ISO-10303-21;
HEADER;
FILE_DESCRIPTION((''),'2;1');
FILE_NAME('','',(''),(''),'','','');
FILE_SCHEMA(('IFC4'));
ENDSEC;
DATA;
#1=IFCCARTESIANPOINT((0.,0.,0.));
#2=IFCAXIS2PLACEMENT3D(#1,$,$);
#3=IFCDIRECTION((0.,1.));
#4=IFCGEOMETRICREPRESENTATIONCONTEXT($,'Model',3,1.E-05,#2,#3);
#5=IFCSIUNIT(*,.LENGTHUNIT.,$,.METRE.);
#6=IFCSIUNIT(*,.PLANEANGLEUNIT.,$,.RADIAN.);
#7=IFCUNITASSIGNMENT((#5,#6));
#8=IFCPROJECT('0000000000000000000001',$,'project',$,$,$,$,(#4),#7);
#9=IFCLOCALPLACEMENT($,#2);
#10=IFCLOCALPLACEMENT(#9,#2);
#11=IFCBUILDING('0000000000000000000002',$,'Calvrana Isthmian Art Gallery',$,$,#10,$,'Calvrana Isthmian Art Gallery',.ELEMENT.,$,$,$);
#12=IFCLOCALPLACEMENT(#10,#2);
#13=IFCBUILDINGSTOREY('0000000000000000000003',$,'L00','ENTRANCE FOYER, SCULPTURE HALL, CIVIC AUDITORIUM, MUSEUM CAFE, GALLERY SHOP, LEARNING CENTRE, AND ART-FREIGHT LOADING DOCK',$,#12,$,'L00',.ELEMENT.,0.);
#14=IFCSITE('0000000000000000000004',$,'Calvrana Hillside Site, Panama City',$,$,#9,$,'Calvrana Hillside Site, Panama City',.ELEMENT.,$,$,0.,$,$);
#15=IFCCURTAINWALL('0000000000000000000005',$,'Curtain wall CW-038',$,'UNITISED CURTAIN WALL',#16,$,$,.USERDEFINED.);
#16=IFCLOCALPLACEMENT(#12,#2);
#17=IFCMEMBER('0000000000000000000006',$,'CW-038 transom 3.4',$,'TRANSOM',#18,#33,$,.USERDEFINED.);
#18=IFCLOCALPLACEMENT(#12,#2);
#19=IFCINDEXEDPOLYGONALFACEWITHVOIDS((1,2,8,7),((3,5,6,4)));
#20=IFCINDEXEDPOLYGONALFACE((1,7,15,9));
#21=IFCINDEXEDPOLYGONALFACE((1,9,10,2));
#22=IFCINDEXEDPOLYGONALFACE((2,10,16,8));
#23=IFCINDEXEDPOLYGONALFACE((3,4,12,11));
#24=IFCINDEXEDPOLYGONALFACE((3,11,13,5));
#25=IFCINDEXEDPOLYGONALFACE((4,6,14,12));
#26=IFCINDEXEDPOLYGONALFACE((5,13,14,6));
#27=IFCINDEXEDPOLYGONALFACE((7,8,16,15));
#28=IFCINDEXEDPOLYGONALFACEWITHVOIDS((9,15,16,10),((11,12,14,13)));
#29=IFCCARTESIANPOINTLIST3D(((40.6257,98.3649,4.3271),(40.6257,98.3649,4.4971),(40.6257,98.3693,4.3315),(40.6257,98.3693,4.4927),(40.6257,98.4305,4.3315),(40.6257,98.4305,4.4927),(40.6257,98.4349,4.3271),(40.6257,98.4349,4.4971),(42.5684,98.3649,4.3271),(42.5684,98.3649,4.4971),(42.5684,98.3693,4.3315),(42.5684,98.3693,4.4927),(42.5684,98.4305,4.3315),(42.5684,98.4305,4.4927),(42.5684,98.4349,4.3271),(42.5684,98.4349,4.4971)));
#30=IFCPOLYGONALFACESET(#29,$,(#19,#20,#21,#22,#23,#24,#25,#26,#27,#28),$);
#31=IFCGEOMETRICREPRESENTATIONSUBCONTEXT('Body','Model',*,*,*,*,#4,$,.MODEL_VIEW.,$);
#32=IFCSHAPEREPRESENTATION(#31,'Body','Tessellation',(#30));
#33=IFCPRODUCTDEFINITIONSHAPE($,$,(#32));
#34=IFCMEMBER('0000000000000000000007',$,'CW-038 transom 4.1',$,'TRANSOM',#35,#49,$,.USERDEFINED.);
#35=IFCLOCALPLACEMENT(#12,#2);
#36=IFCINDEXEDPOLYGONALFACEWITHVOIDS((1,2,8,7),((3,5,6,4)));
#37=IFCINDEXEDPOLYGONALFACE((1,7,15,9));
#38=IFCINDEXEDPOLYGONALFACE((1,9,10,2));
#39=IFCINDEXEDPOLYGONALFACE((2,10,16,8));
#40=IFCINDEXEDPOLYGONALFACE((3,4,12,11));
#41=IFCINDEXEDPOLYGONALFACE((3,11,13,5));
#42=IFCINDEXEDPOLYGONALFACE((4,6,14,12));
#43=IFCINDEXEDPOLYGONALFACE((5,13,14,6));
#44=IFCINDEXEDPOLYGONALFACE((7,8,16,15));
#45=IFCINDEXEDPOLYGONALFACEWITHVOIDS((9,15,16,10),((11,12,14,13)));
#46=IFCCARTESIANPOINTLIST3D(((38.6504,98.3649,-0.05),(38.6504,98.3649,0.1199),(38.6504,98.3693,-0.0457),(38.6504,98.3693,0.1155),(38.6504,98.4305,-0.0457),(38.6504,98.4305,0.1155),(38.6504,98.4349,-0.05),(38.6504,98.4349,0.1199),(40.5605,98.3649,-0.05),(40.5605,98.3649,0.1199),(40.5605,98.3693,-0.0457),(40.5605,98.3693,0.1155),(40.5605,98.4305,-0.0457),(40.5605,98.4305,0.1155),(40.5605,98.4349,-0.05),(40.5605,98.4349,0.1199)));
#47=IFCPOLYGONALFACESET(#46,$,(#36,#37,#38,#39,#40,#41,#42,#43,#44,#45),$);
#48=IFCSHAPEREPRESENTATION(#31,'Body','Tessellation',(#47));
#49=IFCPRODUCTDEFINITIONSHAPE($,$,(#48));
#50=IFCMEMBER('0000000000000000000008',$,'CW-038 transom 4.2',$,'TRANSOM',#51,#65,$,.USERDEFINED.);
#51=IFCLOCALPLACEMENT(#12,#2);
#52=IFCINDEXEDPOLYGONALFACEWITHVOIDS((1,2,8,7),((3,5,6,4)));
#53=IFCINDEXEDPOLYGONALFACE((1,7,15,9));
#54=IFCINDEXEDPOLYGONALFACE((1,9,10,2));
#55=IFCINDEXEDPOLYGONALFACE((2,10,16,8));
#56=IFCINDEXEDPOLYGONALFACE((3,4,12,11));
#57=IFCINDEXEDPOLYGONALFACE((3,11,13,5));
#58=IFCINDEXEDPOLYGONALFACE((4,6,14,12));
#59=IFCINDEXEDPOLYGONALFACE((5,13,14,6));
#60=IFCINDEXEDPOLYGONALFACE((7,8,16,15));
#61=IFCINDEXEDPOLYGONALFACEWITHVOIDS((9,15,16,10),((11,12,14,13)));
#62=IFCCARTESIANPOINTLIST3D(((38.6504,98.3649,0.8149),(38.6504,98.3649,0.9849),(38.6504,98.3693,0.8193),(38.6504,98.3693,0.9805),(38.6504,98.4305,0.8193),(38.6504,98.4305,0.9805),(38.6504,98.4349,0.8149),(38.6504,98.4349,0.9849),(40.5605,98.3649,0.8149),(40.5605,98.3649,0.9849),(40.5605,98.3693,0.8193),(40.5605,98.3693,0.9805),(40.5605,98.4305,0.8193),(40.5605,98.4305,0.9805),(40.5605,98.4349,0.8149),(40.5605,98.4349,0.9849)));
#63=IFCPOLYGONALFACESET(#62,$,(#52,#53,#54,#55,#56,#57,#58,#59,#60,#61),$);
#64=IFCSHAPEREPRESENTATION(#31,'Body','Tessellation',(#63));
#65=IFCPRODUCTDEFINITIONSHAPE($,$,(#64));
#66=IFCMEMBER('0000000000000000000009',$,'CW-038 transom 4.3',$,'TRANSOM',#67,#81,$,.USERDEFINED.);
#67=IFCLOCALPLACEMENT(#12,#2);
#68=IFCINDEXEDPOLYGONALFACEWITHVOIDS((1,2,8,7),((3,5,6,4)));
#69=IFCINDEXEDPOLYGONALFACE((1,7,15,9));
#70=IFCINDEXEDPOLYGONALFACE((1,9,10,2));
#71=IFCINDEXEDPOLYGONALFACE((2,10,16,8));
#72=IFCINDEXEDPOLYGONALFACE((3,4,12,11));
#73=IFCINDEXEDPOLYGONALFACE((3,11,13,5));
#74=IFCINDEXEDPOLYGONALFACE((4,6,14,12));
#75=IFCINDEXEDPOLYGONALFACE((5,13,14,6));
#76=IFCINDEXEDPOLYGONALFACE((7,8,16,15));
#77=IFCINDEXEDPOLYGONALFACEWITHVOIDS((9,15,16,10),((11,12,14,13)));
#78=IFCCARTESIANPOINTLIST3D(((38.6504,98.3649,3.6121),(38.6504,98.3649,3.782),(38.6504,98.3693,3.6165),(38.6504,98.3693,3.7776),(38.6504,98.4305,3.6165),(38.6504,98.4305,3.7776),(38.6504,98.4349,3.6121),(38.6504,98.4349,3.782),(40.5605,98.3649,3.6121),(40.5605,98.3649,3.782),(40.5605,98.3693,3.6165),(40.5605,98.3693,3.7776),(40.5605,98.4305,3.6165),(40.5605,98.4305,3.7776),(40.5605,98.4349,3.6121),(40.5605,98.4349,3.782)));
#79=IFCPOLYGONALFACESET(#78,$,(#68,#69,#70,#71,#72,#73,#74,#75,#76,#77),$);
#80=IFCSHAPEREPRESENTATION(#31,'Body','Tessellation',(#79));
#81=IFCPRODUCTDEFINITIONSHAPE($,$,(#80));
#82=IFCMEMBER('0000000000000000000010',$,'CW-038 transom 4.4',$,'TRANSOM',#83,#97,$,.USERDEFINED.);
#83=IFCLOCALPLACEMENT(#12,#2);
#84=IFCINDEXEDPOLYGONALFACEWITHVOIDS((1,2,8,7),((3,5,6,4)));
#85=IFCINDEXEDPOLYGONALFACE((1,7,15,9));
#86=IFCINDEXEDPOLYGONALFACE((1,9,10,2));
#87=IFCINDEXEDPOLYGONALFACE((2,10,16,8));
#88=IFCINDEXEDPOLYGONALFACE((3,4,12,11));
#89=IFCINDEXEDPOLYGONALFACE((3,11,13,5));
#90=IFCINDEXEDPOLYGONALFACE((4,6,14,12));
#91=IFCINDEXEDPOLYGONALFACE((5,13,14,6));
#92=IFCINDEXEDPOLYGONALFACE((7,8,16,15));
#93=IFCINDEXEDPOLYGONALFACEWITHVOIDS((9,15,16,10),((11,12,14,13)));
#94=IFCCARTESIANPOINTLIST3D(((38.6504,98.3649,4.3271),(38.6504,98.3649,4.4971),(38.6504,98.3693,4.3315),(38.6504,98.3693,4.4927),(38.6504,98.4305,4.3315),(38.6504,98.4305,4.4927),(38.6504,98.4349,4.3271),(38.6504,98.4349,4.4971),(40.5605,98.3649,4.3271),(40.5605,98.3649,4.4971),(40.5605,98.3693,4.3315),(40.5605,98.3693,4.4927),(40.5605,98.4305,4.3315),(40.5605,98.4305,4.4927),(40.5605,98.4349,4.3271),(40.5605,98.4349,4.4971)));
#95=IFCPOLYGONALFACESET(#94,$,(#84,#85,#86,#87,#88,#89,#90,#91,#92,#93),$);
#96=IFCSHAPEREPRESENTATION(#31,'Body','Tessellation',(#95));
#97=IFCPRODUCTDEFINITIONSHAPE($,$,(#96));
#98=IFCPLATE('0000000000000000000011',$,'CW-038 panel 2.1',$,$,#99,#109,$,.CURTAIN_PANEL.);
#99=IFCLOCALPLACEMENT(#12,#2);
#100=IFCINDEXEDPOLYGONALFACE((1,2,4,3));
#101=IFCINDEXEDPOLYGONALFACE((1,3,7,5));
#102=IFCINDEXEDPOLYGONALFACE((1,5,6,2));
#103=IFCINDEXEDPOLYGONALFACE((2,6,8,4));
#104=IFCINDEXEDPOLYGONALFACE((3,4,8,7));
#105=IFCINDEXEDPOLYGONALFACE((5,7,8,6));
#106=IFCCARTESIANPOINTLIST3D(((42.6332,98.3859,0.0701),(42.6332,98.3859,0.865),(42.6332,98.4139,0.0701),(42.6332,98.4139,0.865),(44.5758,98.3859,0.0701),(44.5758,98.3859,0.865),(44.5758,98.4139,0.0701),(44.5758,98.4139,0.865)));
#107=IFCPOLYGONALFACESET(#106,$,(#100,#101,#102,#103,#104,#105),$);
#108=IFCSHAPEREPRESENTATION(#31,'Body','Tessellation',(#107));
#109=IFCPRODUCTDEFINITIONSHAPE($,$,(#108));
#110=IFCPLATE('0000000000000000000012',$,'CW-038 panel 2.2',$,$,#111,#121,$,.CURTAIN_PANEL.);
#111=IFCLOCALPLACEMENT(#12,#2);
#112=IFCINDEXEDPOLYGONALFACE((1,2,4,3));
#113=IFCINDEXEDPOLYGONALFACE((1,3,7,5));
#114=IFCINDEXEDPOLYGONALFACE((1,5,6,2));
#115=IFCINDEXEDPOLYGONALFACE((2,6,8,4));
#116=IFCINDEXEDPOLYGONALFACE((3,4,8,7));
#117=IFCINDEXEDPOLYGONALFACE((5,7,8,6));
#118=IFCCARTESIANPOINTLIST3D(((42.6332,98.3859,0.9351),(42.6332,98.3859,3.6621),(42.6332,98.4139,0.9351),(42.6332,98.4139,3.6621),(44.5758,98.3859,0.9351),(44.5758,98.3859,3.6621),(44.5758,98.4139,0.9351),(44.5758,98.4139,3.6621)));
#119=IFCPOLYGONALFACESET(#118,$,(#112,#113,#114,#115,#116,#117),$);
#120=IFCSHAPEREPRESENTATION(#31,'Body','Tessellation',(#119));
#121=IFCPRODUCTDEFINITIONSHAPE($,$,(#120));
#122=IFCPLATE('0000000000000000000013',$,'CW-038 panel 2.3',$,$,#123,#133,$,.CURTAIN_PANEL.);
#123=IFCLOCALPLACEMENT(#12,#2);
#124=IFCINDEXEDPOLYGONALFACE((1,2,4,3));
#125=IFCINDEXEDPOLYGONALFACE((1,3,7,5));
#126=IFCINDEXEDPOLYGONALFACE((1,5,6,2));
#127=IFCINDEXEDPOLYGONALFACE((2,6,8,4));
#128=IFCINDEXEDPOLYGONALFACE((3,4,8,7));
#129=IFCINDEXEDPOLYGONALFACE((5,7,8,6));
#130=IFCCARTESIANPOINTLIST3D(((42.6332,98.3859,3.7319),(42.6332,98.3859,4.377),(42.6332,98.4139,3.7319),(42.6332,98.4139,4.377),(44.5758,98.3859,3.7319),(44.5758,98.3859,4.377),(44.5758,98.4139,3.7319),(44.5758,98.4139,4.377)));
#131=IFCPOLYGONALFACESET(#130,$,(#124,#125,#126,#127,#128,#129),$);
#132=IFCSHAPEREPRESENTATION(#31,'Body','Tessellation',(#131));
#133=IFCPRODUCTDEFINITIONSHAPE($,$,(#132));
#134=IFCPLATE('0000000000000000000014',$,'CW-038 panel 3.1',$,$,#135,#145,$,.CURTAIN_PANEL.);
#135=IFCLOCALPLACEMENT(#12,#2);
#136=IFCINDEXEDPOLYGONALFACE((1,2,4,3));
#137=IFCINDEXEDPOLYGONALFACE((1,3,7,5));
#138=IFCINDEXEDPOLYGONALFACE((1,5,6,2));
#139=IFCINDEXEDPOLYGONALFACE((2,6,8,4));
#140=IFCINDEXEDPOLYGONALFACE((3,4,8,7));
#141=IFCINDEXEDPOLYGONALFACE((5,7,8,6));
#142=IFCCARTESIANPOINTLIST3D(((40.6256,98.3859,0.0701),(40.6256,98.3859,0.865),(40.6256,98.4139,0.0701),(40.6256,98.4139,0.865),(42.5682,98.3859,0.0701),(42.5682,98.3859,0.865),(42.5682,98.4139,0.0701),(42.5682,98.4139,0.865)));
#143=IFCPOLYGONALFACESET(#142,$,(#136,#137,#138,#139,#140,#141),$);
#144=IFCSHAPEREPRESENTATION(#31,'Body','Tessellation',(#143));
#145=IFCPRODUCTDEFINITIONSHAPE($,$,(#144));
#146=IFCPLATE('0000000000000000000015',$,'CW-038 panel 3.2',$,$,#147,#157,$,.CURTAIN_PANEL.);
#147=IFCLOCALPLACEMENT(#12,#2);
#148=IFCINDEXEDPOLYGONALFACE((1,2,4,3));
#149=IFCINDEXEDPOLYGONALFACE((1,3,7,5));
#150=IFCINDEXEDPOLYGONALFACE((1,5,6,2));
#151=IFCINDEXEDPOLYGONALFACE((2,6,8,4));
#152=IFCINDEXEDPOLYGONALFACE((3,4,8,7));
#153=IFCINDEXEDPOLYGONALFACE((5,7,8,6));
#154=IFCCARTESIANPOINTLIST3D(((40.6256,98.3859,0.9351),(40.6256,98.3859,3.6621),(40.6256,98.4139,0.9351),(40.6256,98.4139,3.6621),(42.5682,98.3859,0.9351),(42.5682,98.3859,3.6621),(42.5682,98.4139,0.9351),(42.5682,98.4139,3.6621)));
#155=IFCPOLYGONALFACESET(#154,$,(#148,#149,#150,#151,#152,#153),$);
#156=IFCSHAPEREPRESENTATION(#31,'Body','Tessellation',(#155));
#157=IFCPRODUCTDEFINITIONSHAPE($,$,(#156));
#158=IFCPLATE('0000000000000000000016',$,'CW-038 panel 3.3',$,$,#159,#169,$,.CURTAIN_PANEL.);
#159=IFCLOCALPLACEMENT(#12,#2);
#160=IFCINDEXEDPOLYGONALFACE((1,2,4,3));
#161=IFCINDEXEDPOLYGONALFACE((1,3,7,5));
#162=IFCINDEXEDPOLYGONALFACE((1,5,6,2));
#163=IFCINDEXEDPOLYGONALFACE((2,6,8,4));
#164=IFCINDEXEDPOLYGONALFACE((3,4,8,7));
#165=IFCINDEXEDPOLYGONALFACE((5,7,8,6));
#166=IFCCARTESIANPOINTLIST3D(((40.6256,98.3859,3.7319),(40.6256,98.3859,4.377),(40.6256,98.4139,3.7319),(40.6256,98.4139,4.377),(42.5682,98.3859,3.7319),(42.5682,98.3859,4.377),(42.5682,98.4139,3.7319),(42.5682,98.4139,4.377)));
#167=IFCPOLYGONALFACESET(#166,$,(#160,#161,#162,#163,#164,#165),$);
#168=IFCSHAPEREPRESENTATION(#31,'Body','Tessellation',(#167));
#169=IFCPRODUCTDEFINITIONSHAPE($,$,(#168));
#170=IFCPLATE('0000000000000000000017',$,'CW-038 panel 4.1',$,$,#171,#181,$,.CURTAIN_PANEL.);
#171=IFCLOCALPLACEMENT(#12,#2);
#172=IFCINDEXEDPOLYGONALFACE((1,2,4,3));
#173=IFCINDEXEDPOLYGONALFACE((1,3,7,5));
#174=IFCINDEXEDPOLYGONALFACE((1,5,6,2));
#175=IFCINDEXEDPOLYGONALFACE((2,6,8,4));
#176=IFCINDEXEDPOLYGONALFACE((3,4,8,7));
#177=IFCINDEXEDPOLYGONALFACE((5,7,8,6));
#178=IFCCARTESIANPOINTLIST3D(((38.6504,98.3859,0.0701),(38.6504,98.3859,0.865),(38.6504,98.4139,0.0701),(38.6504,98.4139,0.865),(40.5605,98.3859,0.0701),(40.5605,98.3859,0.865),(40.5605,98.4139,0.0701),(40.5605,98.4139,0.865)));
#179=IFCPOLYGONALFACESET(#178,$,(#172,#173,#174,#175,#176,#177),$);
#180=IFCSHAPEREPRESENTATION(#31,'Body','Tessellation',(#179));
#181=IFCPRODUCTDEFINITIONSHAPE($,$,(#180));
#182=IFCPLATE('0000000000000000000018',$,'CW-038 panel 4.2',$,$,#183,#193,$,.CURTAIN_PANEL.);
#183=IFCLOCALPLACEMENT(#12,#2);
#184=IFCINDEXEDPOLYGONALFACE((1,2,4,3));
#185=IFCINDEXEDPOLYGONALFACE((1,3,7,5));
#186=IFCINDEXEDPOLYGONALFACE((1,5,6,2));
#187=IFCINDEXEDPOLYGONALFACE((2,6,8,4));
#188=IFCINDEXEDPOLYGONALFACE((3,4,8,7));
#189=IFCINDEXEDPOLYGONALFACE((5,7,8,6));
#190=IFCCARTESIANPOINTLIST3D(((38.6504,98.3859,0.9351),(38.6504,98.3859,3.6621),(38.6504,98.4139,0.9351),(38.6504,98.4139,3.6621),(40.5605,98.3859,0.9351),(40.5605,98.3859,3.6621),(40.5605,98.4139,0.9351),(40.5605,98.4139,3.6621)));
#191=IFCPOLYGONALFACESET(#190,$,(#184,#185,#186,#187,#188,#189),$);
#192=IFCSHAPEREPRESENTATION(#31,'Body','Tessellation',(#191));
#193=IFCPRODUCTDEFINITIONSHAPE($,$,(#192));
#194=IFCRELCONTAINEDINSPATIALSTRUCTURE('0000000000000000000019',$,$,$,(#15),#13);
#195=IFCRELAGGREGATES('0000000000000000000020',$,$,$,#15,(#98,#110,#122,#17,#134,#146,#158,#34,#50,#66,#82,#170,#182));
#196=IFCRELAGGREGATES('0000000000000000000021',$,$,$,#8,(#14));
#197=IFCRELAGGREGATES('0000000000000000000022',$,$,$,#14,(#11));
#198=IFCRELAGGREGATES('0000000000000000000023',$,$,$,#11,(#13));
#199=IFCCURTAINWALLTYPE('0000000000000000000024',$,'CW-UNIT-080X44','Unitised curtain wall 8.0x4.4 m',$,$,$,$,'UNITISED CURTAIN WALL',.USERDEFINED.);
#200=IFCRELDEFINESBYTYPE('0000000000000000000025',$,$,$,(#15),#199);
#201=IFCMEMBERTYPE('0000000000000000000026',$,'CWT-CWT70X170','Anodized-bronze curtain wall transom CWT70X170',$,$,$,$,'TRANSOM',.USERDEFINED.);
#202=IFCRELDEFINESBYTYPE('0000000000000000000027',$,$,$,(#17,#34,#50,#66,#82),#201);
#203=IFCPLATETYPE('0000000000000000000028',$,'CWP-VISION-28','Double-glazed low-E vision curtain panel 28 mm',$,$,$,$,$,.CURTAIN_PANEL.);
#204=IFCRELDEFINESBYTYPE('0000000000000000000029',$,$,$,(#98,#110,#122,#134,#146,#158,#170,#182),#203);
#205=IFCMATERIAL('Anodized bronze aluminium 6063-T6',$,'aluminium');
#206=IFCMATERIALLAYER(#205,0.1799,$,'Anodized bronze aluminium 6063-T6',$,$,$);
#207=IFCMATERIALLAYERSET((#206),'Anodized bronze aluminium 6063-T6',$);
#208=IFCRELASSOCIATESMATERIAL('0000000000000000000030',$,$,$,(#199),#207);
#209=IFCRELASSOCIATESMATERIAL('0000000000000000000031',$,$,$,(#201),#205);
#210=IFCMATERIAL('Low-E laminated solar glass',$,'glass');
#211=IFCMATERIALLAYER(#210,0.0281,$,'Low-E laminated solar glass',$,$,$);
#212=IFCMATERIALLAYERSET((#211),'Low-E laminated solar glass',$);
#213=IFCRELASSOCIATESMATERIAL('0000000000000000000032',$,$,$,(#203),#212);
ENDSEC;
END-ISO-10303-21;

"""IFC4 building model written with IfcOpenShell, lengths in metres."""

from ifc_helpers import new_model, si_unit, direction, frame, origin, origin_2d, place, context, subcontext, project, spatial, rectangle, hollow_rectangle, extrude, material, layer, layer_set, material_profile, profile_set, type_object, element, aggregate, save


model = new_model("IFC4")

# Units and contexts
model_context = context("Model", 3, precision=1e-05, world=origin(), true_north=direction((0.0, 1.0)))
body_context = subcontext(model_context, "Body", "Model", "MODEL_VIEW")
ifc_project = project(units=[si_unit("LENGTHUNIT", "METRE"), si_unit("PLANEANGLEUNIT", "RADIAN")], contexts=[model_context])

# Site, building, storey
site_placement = place(None, origin())
site = spatial("IfcSite", under=ifc_project, at=site_placement, Name="Calvrana Hillside Site, Panama City", LongName="Calvrana Hillside Site, Panama City", CompositionType="ELEMENT", RefElevation=0.0)
building_placement = place(site_placement, origin())
building = spatial("IfcBuilding", under=site, at=building_placement, Name="Calvrana Isthmian Art Gallery", LongName="Calvrana Isthmian Art Gallery", CompositionType="ELEMENT")
storey_placement = place(building_placement, origin())
storey = spatial("IfcBuildingStorey", under=building, at=storey_placement, Name="L00", Description="ENTRANCE FOYER, SCULPTURE HALL, CIVIC AUDITORIUM, MUSEUM CAFE, GALLERY SHOP, LEARNING CENTRE, AND ART-FREIGHT LOADING DOCK", LongName="L00", CompositionType="ELEMENT", Elevation=0.0)

# Shared definitions
ifc_material_1 = material(Name="Anodized bronze aluminium 6063-T6", Category="aluminium")

# Curtain wall
ifc_layer_1 = layer(ifc_material_1, 0.1799, Name="Anodized bronze aluminium 6063-T6")
ifc_layer_set_1 = layer_set([ifc_layer_1], Name="Anodized bronze aluminium 6063-T6")
curtain_wall_type_1 = type_object("IfcCurtainWallType", Name="CW-UNIT-080X44", Description="Unitised curtain wall 8.0x4.4 m", ElementType="UNITISED CURTAIN WALL", PredefinedType="USERDEFINED", material=ifc_layer_set_1)
curtain_wall_1_placement = place(storey_placement, origin())
curtain_wall_1 = element("IfcCurtainWall", 1, at=curtain_wall_1_placement, inside=storey, type_object=curtain_wall_type_1, Name="Curtain wall CW-038", ObjectType="UNITISED CURTAIN WALL", PredefinedType="USERDEFINED")

# Members
ifc_material_profile_1 = material_profile(ifc_material_1, hollow_rectangle(XDim=0.0701, YDim=0.1699, WallThickness=0.0044, at=origin_2d()), Name="CWT70X170")
ifc_profile_set_1 = profile_set([ifc_material_profile_1], Name="Anodized bronze aluminium 6063-T6")
member_type_1 = type_object("IfcMemberType", Name="CWT-CWT70X170", Description="Anodized-bronze curtain wall transom CWT70X170", ElementType="TRANSOM", PredefinedType="USERDEFINED", material=ifc_profile_set_1)
member_1_placement = place(storey_placement, frame((42.5684, 98.3999, 4.4121), z_axis=(-1.0, 0.0, 0.0), x_axis=(0.0, -1.0, 0.0)))
member_1 = element("IfcMember", 2, at=member_1_placement, type_object=member_type_1, Name="CW-038 transom 3.4", ObjectType="TRANSOM", PredefinedType="USERDEFINED", context=body_context, shape_type="SweptSolid", body=[
    extrude(hollow_rectangle(XDim=0.0701, YDim=0.1699, WallThickness=0.0044, at=origin_2d()), origin(), (0.0, 0.0, 1.0), 1.9426),
])
member_2_placement = place(storey_placement, frame((40.5605, 98.3999, 0.0349), z_axis=(-1.0, 0.0, 0.0), x_axis=(0.0, -1.0, 0.0)))
member_2 = element("IfcMember", 3, at=member_2_placement, type_object=member_type_1, Name="CW-038 transom 4.1", ObjectType="TRANSOM", PredefinedType="USERDEFINED", context=body_context, shape_type="SweptSolid", body=[
    extrude(hollow_rectangle(XDim=0.0701, YDim=0.1699, WallThickness=0.0044, at=origin_2d()), origin(), (0.0, 0.0, 1.0), 1.9102),
])
member_3_placement = place(storey_placement, frame((40.5605, 98.3999, 0.8999), z_axis=(-1.0, 0.0, 0.0), x_axis=(0.0, -1.0, 0.0)))
member_3 = element("IfcMember", 4, at=member_3_placement, type_object=member_type_1, Name="CW-038 transom 4.2", ObjectType="TRANSOM", PredefinedType="USERDEFINED", context=body_context, shape_type="SweptSolid", body=[
    extrude(hollow_rectangle(XDim=0.0701, YDim=0.1699, WallThickness=0.0044, at=origin_2d()), origin(), (0.0, 0.0, 1.0), 1.9102),
])
member_4_placement = place(storey_placement, frame((40.5605, 98.3999, 3.697), z_axis=(-1.0, 0.0, 0.0), x_axis=(0.0, -1.0, 0.0)))
member_4 = element("IfcMember", 5, at=member_4_placement, type_object=member_type_1, Name="CW-038 transom 4.3", ObjectType="TRANSOM", PredefinedType="USERDEFINED", context=body_context, shape_type="SweptSolid", body=[
    extrude(hollow_rectangle(XDim=0.0701, YDim=0.1699, WallThickness=0.0044, at=origin_2d()), origin(), (0.0, 0.0, 1.0), 1.9102),
])
member_5_placement = place(storey_placement, frame((40.5605, 98.3999, 4.4121), z_axis=(-1.0, 0.0, 0.0), x_axis=(0.0, -1.0, 0.0)))
member_5 = element("IfcMember", 6, at=member_5_placement, type_object=member_type_1, Name="CW-038 transom 4.4", ObjectType="TRANSOM", PredefinedType="USERDEFINED", context=body_context, shape_type="SweptSolid", body=[
    extrude(hollow_rectangle(XDim=0.0701, YDim=0.1699, WallThickness=0.0044, at=origin_2d()), origin(), (0.0, 0.0, 1.0), 1.9102),
])

# Plates
ifc_material_2 = material(Name="Low-E laminated solar glass", Category="glass")
ifc_layer_2 = layer(ifc_material_2, 0.0281, Name="Low-E laminated solar glass")
ifc_layer_set_2 = layer_set([ifc_layer_2], Name="Low-E laminated solar glass")
plate_type = type_object("IfcPlateType", Name="CWP-VISION-28", Description="Double-glazed low-E vision curtain panel 28 mm", PredefinedType="CURTAIN_PANEL", material=ifc_layer_set_2)
plate_1_placement = place(storey_placement, frame((43.6045, 98.3999, 0.0701), z_axis=(0.0, 0.0, 1.0), x_axis=(-1.0, 0.0, 0.0)))
plate_1 = element("IfcPlate", 7, at=plate_1_placement, type_object=plate_type, Name="CW-038 panel 2.1", PredefinedType="CURTAIN_PANEL", context=body_context, shape_type="SweptSolid", body=[
    extrude(rectangle(XDim=1.9426, YDim=0.0281, at=origin_2d()), origin(), (0.0, 0.0, 1.0), 0.7949),
])
plate_2_placement = place(storey_placement, frame((43.6045, 98.3999, 0.9351), z_axis=(0.0, 0.0, 1.0), x_axis=(-1.0, 0.0, 0.0)))
plate_2 = element("IfcPlate", 8, at=plate_2_placement, type_object=plate_type, Name="CW-038 panel 2.2", PredefinedType="CURTAIN_PANEL", context=body_context, shape_type="SweptSolid", body=[
    extrude(rectangle(XDim=1.9426, YDim=0.0281, at=origin_2d()), origin(), (0.0, 0.0, 1.0), 2.7271),
])
plate_3_placement = place(storey_placement, frame((43.6045, 98.3999, 3.7319), z_axis=(0.0, 0.0, 1.0), x_axis=(-1.0, 0.0, 0.0)))
plate_3 = element("IfcPlate", 9, at=plate_3_placement, type_object=plate_type, Name="CW-038 panel 2.3", PredefinedType="CURTAIN_PANEL", context=body_context, shape_type="SweptSolid", body=[
    extrude(rectangle(XDim=1.9426, YDim=0.0281, at=origin_2d()), origin(), (0.0, 0.0, 1.0), 0.645),
])
plate_4_placement = place(storey_placement, frame((41.5969, 98.3999, 0.0701), z_axis=(0.0, 0.0, 1.0), x_axis=(-1.0, 0.0, 0.0)))
plate_4 = element("IfcPlate", 10, at=plate_4_placement, type_object=plate_type, Name="CW-038 panel 3.1", PredefinedType="CURTAIN_PANEL", context=body_context, shape_type="SweptSolid", body=[
    extrude(rectangle(XDim=1.9426, YDim=0.0281, at=origin_2d()), origin(), (0.0, 0.0, 1.0), 0.7949),
])
plate_5_placement = place(storey_placement, frame((41.5969, 98.3999, 0.9351), z_axis=(0.0, 0.0, 1.0), x_axis=(-1.0, 0.0, 0.0)))
plate_5 = element("IfcPlate", 11, at=plate_5_placement, type_object=plate_type, Name="CW-038 panel 3.2", PredefinedType="CURTAIN_PANEL", context=body_context, shape_type="SweptSolid", body=[
    extrude(rectangle(XDim=1.9426, YDim=0.0281, at=origin_2d()), origin(), (0.0, 0.0, 1.0), 2.7271),
])
plate_6_placement = place(storey_placement, frame((41.5969, 98.3999, 3.7319), z_axis=(0.0, 0.0, 1.0), x_axis=(-1.0, 0.0, 0.0)))
plate_6 = element("IfcPlate", 12, at=plate_6_placement, type_object=plate_type, Name="CW-038 panel 3.3", PredefinedType="CURTAIN_PANEL", context=body_context, shape_type="SweptSolid", body=[
    extrude(rectangle(XDim=1.9426, YDim=0.0281, at=origin_2d()), origin(), (0.0, 0.0, 1.0), 0.645),
])
plate_7_placement = place(storey_placement, frame((39.6055, 98.3999, 0.0701), z_axis=(0.0, 0.0, 1.0), x_axis=(-1.0, 0.0, 0.0)))
plate_7 = element("IfcPlate", 13, at=plate_7_placement, type_object=plate_type, Name="CW-038 panel 4.1", PredefinedType="CURTAIN_PANEL", context=body_context, shape_type="SweptSolid", body=[
    extrude(rectangle(XDim=1.9102, YDim=0.0281, at=origin_2d()), origin(), (0.0, 0.0, 1.0), 0.7949),
])
plate_8_placement = place(storey_placement, frame((39.6055, 98.3999, 0.9351), z_axis=(0.0, 0.0, 1.0), x_axis=(-1.0, 0.0, 0.0)))
plate_8 = element("IfcPlate", 14, at=plate_8_placement, type_object=plate_type, Name="CW-038 panel 4.2", PredefinedType="CURTAIN_PANEL", context=body_context, shape_type="SweptSolid", body=[
    extrude(rectangle(XDim=1.9102, YDim=0.0281, at=origin_2d()), origin(), (0.0, 0.0, 1.0), 2.7271),
])
aggregate(curtain_wall_1, [plate_1, plate_2, plate_3, member_1, plate_4, plate_5, plate_6, member_2, member_3, member_4, member_5, plate_7, plate_8])

save(model, "model.ifc")
